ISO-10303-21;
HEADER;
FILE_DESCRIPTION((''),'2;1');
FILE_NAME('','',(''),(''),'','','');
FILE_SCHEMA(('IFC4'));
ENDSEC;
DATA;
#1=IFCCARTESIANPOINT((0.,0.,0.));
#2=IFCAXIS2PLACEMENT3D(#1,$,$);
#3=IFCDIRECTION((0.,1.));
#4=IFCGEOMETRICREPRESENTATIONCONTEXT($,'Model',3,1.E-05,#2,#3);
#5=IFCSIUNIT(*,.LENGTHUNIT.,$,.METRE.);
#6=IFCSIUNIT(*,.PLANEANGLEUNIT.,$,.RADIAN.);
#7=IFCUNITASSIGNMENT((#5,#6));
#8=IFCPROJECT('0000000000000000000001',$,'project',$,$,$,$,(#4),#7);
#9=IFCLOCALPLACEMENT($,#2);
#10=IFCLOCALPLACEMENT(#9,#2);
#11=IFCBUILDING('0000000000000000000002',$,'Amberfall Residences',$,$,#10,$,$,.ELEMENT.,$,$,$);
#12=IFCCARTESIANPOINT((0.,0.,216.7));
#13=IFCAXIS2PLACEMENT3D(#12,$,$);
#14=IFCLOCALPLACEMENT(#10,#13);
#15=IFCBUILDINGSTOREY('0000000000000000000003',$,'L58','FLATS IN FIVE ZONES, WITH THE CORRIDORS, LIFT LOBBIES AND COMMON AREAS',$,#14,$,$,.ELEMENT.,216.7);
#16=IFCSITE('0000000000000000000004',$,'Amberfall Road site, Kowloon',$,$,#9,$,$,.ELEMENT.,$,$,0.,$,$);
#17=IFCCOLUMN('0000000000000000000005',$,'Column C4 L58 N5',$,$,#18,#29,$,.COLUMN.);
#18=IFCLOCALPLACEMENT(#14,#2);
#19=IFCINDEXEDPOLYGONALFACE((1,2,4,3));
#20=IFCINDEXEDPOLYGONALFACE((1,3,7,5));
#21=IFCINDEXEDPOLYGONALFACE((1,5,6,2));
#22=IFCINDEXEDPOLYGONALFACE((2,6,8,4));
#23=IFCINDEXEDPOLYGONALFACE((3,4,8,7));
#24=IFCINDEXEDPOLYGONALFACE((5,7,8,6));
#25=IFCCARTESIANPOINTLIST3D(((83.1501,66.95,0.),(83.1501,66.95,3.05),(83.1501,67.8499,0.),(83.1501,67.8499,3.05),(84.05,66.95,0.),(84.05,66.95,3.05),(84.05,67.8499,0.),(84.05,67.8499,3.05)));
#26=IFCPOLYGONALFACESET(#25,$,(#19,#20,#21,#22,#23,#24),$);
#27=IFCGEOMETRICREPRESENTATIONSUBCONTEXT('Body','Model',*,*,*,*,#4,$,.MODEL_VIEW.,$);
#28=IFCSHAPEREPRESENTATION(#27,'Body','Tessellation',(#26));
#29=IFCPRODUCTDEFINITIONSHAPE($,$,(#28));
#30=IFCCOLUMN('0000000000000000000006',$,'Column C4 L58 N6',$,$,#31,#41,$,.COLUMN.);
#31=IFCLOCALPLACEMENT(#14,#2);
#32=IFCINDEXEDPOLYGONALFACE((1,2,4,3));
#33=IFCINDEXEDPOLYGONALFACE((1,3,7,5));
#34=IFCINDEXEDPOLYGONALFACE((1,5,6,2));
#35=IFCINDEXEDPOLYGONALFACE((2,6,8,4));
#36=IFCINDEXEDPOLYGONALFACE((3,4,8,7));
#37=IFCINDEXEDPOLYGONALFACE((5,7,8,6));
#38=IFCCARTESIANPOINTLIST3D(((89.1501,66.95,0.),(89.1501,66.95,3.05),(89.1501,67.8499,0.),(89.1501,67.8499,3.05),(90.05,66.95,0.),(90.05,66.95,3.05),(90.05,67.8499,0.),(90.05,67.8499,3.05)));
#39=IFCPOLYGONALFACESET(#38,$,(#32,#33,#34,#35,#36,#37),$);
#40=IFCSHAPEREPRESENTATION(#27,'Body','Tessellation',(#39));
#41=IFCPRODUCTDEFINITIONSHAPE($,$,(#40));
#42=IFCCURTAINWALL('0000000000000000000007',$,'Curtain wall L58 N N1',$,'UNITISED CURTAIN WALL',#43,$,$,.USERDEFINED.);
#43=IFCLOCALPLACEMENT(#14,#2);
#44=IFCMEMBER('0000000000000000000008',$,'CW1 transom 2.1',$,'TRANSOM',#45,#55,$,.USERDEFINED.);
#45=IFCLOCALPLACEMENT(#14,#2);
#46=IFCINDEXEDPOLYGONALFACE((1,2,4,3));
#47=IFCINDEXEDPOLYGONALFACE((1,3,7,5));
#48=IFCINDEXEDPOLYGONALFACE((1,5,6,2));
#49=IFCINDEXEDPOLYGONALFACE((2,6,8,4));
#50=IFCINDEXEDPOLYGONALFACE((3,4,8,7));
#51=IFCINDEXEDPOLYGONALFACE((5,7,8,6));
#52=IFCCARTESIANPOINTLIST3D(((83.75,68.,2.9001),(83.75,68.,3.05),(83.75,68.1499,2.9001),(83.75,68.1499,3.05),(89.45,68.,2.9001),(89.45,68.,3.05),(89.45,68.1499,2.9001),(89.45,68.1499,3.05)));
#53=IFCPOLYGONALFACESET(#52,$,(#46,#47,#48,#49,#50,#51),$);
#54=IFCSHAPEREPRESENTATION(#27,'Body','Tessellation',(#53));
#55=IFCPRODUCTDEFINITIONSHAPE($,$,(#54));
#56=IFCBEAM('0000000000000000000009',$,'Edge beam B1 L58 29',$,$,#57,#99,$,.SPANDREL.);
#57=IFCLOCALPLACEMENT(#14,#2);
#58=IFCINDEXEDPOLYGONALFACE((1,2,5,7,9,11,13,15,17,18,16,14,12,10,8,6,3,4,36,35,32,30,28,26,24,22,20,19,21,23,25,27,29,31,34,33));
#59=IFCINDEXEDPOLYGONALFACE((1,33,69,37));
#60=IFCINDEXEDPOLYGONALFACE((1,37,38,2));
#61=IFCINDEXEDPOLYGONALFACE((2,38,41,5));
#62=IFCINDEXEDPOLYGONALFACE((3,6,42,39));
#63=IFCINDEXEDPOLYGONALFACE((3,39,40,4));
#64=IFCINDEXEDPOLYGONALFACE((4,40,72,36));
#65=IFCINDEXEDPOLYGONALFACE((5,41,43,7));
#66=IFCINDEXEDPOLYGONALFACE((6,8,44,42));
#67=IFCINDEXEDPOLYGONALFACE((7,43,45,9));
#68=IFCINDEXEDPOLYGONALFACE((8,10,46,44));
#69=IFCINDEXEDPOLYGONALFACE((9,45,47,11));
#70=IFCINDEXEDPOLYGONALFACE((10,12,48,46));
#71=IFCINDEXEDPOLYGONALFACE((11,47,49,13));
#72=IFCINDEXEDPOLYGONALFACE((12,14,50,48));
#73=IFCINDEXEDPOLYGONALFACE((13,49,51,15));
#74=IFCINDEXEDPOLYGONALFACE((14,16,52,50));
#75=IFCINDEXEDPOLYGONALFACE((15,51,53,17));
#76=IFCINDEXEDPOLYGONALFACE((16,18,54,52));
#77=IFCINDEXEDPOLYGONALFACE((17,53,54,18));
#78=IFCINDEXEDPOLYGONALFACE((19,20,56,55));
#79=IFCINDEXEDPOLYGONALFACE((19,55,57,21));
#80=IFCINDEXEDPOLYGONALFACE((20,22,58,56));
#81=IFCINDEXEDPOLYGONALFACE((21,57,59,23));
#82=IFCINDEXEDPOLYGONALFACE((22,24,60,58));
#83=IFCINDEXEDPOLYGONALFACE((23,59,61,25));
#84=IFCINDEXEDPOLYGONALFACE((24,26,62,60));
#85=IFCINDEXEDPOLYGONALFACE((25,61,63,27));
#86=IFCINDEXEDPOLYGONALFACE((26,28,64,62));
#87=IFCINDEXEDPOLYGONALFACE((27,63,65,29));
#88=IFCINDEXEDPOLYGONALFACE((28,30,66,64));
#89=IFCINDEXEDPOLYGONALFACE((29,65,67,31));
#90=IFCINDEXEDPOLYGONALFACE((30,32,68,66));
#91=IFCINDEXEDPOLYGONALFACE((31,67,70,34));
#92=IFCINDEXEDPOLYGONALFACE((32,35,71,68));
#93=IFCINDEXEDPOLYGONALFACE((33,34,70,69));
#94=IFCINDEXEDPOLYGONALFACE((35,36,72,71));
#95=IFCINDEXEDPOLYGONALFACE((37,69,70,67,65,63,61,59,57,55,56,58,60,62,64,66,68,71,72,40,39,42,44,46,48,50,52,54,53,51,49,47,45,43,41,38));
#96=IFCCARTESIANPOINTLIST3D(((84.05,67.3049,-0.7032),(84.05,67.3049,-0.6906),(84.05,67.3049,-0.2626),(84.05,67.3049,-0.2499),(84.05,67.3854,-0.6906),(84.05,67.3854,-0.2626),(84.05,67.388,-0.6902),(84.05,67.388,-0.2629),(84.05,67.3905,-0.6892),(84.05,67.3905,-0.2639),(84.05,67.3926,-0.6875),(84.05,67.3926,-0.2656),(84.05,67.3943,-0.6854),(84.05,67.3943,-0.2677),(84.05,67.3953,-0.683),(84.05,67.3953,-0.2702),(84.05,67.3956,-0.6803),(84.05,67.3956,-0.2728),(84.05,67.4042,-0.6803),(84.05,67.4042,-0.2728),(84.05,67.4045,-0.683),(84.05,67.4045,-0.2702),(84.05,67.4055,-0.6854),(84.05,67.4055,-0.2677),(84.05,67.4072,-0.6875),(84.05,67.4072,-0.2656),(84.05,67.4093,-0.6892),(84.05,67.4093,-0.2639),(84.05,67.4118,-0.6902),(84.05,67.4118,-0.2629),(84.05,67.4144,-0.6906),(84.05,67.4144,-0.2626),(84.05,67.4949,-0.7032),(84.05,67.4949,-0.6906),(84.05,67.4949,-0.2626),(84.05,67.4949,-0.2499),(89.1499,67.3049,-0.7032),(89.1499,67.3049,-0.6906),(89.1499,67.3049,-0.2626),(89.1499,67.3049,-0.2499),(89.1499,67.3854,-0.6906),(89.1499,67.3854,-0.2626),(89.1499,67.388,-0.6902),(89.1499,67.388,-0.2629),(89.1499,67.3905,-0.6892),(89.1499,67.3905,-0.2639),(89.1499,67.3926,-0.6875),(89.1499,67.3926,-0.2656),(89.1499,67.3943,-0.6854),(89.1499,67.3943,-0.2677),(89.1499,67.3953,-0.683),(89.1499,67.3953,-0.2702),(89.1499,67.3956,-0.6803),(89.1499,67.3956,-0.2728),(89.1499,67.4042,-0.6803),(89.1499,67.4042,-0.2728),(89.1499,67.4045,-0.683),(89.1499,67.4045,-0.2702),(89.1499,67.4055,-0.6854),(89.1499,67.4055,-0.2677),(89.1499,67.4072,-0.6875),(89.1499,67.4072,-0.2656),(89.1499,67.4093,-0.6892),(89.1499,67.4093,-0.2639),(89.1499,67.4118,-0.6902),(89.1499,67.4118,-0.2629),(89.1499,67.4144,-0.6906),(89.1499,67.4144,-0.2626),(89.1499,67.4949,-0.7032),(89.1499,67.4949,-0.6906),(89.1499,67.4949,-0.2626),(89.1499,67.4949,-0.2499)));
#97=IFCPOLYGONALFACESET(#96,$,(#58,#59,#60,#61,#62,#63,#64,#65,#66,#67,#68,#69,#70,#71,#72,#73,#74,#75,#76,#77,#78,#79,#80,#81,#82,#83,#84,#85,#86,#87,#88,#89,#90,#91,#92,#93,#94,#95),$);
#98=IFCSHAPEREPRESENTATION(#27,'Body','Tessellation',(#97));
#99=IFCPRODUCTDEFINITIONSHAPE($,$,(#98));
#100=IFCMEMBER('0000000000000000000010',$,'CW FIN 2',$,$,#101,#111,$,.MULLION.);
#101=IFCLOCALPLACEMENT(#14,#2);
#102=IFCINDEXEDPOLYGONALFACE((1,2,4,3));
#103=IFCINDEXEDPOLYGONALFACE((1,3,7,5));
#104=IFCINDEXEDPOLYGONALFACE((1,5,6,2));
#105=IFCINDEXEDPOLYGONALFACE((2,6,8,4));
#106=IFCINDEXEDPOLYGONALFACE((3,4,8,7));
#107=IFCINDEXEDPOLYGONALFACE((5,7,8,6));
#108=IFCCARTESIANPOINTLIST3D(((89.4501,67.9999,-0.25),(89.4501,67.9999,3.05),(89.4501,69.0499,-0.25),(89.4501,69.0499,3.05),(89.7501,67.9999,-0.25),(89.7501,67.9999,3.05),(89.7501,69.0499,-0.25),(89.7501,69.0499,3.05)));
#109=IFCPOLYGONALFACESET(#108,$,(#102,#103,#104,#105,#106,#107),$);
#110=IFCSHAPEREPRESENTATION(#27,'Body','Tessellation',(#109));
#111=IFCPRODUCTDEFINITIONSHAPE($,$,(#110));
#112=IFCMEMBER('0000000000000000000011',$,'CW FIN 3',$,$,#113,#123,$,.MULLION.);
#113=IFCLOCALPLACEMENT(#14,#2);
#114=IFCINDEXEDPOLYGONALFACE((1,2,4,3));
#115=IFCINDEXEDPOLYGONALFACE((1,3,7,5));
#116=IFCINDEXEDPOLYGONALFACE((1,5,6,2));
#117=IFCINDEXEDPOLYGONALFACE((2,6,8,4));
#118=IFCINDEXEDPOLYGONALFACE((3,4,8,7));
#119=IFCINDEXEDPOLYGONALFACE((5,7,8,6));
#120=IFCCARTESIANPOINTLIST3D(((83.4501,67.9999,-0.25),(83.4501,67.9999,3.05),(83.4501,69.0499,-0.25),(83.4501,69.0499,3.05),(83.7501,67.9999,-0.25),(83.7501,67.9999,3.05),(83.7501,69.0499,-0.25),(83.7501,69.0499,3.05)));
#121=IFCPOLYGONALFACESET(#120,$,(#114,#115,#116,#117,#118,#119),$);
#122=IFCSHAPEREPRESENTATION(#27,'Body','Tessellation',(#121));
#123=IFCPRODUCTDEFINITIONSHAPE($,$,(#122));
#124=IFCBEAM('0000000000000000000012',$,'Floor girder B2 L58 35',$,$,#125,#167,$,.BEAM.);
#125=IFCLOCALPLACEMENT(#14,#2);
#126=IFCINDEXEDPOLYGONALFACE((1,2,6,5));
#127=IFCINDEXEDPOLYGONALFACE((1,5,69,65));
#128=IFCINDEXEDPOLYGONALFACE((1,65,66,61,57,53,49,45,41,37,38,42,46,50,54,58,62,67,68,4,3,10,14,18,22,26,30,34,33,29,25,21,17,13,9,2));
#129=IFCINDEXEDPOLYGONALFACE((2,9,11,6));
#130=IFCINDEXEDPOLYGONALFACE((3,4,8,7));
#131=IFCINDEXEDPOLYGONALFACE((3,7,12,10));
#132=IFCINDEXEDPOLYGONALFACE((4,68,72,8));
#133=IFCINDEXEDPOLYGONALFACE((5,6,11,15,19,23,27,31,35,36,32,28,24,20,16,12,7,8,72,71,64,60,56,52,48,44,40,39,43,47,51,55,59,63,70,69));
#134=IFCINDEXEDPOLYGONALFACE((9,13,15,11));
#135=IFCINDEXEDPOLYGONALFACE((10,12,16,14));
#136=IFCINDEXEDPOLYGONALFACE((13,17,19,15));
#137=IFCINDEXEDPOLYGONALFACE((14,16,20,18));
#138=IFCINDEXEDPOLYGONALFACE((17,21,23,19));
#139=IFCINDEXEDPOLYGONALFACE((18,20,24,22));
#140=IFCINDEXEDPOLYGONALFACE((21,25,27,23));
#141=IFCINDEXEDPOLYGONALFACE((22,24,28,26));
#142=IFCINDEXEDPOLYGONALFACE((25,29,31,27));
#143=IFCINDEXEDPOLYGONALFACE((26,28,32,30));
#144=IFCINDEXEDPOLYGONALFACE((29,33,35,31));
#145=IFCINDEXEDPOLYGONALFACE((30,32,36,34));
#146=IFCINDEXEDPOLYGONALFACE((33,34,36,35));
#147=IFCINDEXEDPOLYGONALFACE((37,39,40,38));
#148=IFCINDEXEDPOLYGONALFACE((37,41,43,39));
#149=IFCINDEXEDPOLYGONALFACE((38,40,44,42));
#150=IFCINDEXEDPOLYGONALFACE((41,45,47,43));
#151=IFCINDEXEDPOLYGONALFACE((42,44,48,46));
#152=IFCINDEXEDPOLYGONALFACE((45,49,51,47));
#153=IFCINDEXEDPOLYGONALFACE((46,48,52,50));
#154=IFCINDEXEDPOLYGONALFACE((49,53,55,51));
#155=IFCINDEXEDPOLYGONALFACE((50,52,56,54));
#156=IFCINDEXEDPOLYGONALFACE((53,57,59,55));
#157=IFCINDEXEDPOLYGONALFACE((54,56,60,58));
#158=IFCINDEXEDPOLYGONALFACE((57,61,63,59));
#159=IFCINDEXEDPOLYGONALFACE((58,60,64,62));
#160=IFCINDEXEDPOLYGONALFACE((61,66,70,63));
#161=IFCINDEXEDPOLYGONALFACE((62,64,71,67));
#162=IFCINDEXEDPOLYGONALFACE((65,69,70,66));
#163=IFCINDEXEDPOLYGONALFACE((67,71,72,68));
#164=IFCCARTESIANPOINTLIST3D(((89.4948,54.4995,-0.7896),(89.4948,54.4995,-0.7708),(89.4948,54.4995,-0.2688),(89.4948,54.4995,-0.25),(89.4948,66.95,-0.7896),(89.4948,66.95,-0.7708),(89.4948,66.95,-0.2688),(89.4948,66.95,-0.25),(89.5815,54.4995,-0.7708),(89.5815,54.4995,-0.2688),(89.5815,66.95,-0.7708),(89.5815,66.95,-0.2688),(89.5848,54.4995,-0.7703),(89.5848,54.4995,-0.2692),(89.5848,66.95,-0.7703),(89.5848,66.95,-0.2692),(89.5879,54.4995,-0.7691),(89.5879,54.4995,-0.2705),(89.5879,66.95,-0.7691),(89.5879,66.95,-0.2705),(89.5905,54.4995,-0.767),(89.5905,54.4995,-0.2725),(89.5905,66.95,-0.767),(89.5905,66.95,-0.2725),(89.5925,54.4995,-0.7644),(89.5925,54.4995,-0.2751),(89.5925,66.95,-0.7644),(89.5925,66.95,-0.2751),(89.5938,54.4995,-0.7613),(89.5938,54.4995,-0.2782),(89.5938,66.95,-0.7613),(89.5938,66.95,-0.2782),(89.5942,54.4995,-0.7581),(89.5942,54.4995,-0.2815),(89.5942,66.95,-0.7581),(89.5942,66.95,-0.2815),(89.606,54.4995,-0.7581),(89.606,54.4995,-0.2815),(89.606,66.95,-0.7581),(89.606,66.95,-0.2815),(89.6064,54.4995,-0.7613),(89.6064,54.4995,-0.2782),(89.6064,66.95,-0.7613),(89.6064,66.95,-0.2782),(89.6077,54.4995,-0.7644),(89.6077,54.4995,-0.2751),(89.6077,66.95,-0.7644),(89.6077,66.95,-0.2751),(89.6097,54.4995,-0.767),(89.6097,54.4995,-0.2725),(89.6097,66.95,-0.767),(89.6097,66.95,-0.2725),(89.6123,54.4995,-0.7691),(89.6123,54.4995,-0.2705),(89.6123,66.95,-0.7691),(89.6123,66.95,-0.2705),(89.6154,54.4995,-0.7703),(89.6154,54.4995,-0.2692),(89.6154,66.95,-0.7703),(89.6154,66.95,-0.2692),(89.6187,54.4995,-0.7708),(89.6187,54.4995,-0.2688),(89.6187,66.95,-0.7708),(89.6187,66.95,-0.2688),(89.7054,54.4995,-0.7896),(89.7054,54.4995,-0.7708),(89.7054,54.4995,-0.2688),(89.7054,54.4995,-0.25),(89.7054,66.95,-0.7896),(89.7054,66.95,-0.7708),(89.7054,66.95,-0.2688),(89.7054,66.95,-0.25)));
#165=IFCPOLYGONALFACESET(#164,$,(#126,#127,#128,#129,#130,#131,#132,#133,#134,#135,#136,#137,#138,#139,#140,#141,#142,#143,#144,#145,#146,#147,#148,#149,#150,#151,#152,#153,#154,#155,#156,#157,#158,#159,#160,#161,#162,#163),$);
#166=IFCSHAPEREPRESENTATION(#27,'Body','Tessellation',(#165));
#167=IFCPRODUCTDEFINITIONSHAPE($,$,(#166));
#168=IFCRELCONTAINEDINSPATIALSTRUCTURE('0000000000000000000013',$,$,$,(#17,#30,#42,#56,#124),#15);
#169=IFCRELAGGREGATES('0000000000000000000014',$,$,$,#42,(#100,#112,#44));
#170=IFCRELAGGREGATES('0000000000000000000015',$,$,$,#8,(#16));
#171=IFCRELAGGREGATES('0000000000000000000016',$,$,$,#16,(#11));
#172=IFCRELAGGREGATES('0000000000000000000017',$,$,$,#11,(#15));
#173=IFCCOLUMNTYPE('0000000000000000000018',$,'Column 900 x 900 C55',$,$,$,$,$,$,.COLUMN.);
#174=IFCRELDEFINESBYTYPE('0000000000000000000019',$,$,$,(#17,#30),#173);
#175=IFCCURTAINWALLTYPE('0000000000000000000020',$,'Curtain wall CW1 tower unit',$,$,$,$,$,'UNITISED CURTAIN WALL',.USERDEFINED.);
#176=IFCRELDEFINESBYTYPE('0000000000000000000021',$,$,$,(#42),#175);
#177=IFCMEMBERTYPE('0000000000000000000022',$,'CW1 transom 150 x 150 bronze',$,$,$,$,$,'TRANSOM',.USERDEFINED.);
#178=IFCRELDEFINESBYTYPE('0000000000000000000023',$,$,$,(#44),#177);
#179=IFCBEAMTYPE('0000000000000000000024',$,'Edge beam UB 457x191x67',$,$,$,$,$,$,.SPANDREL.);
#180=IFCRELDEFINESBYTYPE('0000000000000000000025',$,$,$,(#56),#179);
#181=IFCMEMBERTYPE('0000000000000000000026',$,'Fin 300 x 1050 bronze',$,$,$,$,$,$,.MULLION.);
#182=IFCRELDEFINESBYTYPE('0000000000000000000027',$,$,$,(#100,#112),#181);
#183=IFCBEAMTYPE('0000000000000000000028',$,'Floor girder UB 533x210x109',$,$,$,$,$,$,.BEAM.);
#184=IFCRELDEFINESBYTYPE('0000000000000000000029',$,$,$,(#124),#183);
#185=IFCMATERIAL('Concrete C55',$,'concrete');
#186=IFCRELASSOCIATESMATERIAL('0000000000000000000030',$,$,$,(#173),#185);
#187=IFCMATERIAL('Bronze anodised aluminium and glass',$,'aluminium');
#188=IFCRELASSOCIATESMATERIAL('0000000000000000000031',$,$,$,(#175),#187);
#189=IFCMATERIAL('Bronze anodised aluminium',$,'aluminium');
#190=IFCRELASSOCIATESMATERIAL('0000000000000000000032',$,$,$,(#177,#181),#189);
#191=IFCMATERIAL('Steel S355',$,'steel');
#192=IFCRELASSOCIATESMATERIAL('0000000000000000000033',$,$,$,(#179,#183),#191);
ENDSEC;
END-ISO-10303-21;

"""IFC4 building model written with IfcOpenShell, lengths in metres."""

from ifc_helpers import new_model, si_unit, direction, frame, origin, origin_2d, place, context, subcontext, project, spatial, rectangle, i_section, extrude, material, material_profile, profile_set, type_object, element, aggregate, save


model = new_model("IFC4")

# Units and contexts
model_context = context("Model", 3, precision=1e-05, world=origin(), true_north=direction((0.0, 1.0)))
body_context = subcontext(model_context, "Body", "Model", "MODEL_VIEW")
ifc_project = project(units=[si_unit("LENGTHUNIT", "METRE"), si_unit("PLANEANGLEUNIT", "RADIAN")], contexts=[model_context])

# Site, building, storey
site_placement = place(None, origin())
site = spatial("IfcSite", under=ifc_project, at=site_placement, Name="Amberfall Road site, Kowloon", CompositionType="ELEMENT", RefElevation=0.0)
building_placement = place(site_placement, origin())
building = spatial("IfcBuilding", under=site, at=building_placement, Name="Amberfall Residences", CompositionType="ELEMENT")
storey_placement = place(building_placement, frame((0.0, 0.0, 216.7)))
storey = spatial("IfcBuildingStorey", under=building, at=storey_placement, Name="L58", Description="FLATS IN FIVE ZONES, WITH THE CORRIDORS, LIFT LOBBIES AND COMMON AREAS", CompositionType="ELEMENT", Elevation=216.7)

# Columns
ifc_material_1 = material(Name="Concrete C55", Category="concrete")
ifc_material_profile_1 = material_profile(ifc_material_1, rectangle(XDim=0.8999, YDim=0.8999, at=origin_2d()), Name="Column 900 x 900 C55")
ifc_profile_set_1 = profile_set([ifc_material_profile_1], Name="Concrete C55")
column_type = type_object("IfcColumnType", Name="Column 900 x 900 C55", PredefinedType="COLUMN", material=ifc_profile_set_1)
for number, where, z_axis, x_axis, name in (
    (1, (83.6001, 67.3999, 0.0), (0.0, 0.0, 1.0), (1.0, 0.0, 0.0), "Column C4 L58 N5"),
    (2, (89.6001, 67.3999, 0.0), (0.0, 0.0, 1.0), (1.0, 0.0, 0.0), "Column C4 L58 N6"),
):
    element("IfcColumn", number, at=place(storey_placement, frame(where, z_axis=z_axis, x_axis=x_axis)), inside=storey, type_object=column_type, Name=name, PredefinedType="COLUMN", context=body_context, shape_type="SweptSolid", body=[
        extrude(rectangle(XDim=0.8999, YDim=0.8999, at=origin_2d()), origin(), (0.0, 0.0, 1.0), 3.05),
    ])

# Curtain wall, member
ifc_material_2 = material(Name="Bronze anodised aluminium and glass", Category="aluminium")
curtain_wall_type = type_object("IfcCurtainWallType", Name="Curtain wall CW1 tower unit", ElementType="UNITISED CURTAIN WALL", PredefinedType="USERDEFINED", material=ifc_material_2)
curtain_wall_placement = place(storey_placement, origin())
curtain_wall = element("IfcCurtainWall", 3, at=curtain_wall_placement, inside=storey, type_object=curtain_wall_type, Name="Curtain wall L58 N N1", ObjectType="UNITISED CURTAIN WALL", PredefinedType="USERDEFINED")
ifc_material_3 = material(Name="Bronze anodised aluminium", Category="aluminium")
ifc_material_profile_2 = material_profile(ifc_material_3, rectangle(XDim=0.1499, YDim=0.1499, at=origin_2d()), Name="CW1 transom 150 x 150 bronze")
ifc_profile_set_2 = profile_set([ifc_material_profile_2], Name="Bronze anodised aluminium")
member_type_1 = type_object("IfcMemberType", Name="CW1 transom 150 x 150 bronze", ElementType="TRANSOM", PredefinedType="USERDEFINED", material=ifc_profile_set_2)
member_1_placement = place(storey_placement, frame((89.45, 68.075, 2.9751), z_axis=(-1.0, 0.0, 0.0), x_axis=(0.0, -1.0, 0.0)))
member_1 = element("IfcMember", 4, at=member_1_placement, type_object=member_type_1, Name="CW1 transom 2.1", ObjectType="TRANSOM", PredefinedType="USERDEFINED", context=body_context, shape_type="SweptSolid", body=[
    extrude(rectangle(XDim=0.1499, YDim=0.1499, at=origin_2d()), origin(), (0.0, 0.0, 1.0), 5.7),
])

# Beam
ifc_material_4 = material(Name="Steel S355", Category="steel")
ifc_material_profile_3 = material_profile(ifc_material_4, i_section(OverallWidth=0.1899, OverallDepth=0.4534, WebThickness=0.0085, FlangeThickness=0.0127, FilletRadius=0.0103, at=origin_2d()), Name="UB 457x191x67")
ifc_profile_set_3 = profile_set([ifc_material_profile_3], Name="Steel S355")
beam_type_1 = type_object("IfcBeamType", Name="Edge beam UB 457x191x67", PredefinedType="SPANDREL", material=ifc_profile_set_3)
beam_1_placement = place(storey_placement, frame((84.05, 67.3999, -0.4766), z_axis=(1.0, 0.0, 0.0), x_axis=(0.0, 1.0, 0.0)))
element("IfcBeam", 5, at=beam_1_placement, inside=storey, type_object=beam_type_1, Name="Edge beam B1 L58 29", PredefinedType="SPANDREL", context=body_context, shape_type="SweptSolid", body=[
    extrude(i_section(OverallWidth=0.1899, OverallDepth=0.4534, WebThickness=0.0085, FlangeThickness=0.0127, FilletRadius=0.0103, at=origin_2d()), origin(), (0.0, 0.0, 1.0), 5.0999),
])

# Members
ifc_material_profile_4 = material_profile(ifc_material_3, rectangle(XDim=1.05, YDim=0.3, at=origin_2d()), Name="Fin 300 x 1050 bronze")
ifc_profile_set_4 = profile_set([ifc_material_profile_4], Name="Bronze anodised aluminium")
member_type_2 = type_object("IfcMemberType", Name="Fin 300 x 1050 bronze", PredefinedType="MULLION", material=ifc_profile_set_4)
member_2_placement = place(storey_placement, frame((89.6001, 68.5249, -0.25), z_axis=(0.0, 0.0, 1.0), x_axis=(0.0, -1.0, 0.0)))
member_2 = element("IfcMember", 6, at=member_2_placement, type_object=member_type_2, Name="CW FIN 2", PredefinedType="MULLION", context=body_context, shape_type="SweptSolid", body=[
    extrude(rectangle(XDim=1.05, YDim=0.3, at=origin_2d()), origin(), (0.0, 0.0, 1.0), 3.3),
])
member_3_placement = place(storey_placement, frame((83.6001, 68.5249, -0.25), z_axis=(0.0, 0.0, 1.0), x_axis=(0.0, -1.0, 0.0)))
member_3 = element("IfcMember", 7, at=member_3_placement, type_object=member_type_2, Name="CW FIN 3", PredefinedType="MULLION", context=body_context, shape_type="SweptSolid", body=[
    extrude(rectangle(XDim=1.05, YDim=0.3, at=origin_2d()), origin(), (0.0, 0.0, 1.0), 3.3),
])

# Beam
ifc_material_profile_5 = material_profile(ifc_material_4, i_section(OverallWidth=0.2107, OverallDepth=0.5396, WebThickness=0.0117, FlangeThickness=0.0188, FilletRadius=0.0127, at=origin_2d()), Name="UB 533x210x109")
ifc_profile_set_5 = profile_set([ifc_material_profile_5], Name="Steel S355")
beam_type_2 = type_object("IfcBeamType", Name="Floor girder UB 533x210x109", PredefinedType="BEAM", material=ifc_profile_set_5)
beam_2_placement = place(storey_placement, frame((89.6001, 66.95, -0.5198), z_axis=(0.0, -1.0, 0.0), x_axis=(1.0, 0.0, 0.0)))
element("IfcBeam", 8, at=beam_2_placement, inside=storey, type_object=beam_type_2, Name="Floor girder B2 L58 35", PredefinedType="BEAM", context=body_context, shape_type="SweptSolid", body=[
    extrude(i_section(OverallWidth=0.2107, OverallDepth=0.5396, WebThickness=0.0117, FlangeThickness=0.0188, FilletRadius=0.0127, at=origin_2d()), origin(), (0.0, 0.0, 1.0), 12.4504),
])

aggregate(curtain_wall, [member_2, member_3, member_1])

save(model, "model.ifc")
